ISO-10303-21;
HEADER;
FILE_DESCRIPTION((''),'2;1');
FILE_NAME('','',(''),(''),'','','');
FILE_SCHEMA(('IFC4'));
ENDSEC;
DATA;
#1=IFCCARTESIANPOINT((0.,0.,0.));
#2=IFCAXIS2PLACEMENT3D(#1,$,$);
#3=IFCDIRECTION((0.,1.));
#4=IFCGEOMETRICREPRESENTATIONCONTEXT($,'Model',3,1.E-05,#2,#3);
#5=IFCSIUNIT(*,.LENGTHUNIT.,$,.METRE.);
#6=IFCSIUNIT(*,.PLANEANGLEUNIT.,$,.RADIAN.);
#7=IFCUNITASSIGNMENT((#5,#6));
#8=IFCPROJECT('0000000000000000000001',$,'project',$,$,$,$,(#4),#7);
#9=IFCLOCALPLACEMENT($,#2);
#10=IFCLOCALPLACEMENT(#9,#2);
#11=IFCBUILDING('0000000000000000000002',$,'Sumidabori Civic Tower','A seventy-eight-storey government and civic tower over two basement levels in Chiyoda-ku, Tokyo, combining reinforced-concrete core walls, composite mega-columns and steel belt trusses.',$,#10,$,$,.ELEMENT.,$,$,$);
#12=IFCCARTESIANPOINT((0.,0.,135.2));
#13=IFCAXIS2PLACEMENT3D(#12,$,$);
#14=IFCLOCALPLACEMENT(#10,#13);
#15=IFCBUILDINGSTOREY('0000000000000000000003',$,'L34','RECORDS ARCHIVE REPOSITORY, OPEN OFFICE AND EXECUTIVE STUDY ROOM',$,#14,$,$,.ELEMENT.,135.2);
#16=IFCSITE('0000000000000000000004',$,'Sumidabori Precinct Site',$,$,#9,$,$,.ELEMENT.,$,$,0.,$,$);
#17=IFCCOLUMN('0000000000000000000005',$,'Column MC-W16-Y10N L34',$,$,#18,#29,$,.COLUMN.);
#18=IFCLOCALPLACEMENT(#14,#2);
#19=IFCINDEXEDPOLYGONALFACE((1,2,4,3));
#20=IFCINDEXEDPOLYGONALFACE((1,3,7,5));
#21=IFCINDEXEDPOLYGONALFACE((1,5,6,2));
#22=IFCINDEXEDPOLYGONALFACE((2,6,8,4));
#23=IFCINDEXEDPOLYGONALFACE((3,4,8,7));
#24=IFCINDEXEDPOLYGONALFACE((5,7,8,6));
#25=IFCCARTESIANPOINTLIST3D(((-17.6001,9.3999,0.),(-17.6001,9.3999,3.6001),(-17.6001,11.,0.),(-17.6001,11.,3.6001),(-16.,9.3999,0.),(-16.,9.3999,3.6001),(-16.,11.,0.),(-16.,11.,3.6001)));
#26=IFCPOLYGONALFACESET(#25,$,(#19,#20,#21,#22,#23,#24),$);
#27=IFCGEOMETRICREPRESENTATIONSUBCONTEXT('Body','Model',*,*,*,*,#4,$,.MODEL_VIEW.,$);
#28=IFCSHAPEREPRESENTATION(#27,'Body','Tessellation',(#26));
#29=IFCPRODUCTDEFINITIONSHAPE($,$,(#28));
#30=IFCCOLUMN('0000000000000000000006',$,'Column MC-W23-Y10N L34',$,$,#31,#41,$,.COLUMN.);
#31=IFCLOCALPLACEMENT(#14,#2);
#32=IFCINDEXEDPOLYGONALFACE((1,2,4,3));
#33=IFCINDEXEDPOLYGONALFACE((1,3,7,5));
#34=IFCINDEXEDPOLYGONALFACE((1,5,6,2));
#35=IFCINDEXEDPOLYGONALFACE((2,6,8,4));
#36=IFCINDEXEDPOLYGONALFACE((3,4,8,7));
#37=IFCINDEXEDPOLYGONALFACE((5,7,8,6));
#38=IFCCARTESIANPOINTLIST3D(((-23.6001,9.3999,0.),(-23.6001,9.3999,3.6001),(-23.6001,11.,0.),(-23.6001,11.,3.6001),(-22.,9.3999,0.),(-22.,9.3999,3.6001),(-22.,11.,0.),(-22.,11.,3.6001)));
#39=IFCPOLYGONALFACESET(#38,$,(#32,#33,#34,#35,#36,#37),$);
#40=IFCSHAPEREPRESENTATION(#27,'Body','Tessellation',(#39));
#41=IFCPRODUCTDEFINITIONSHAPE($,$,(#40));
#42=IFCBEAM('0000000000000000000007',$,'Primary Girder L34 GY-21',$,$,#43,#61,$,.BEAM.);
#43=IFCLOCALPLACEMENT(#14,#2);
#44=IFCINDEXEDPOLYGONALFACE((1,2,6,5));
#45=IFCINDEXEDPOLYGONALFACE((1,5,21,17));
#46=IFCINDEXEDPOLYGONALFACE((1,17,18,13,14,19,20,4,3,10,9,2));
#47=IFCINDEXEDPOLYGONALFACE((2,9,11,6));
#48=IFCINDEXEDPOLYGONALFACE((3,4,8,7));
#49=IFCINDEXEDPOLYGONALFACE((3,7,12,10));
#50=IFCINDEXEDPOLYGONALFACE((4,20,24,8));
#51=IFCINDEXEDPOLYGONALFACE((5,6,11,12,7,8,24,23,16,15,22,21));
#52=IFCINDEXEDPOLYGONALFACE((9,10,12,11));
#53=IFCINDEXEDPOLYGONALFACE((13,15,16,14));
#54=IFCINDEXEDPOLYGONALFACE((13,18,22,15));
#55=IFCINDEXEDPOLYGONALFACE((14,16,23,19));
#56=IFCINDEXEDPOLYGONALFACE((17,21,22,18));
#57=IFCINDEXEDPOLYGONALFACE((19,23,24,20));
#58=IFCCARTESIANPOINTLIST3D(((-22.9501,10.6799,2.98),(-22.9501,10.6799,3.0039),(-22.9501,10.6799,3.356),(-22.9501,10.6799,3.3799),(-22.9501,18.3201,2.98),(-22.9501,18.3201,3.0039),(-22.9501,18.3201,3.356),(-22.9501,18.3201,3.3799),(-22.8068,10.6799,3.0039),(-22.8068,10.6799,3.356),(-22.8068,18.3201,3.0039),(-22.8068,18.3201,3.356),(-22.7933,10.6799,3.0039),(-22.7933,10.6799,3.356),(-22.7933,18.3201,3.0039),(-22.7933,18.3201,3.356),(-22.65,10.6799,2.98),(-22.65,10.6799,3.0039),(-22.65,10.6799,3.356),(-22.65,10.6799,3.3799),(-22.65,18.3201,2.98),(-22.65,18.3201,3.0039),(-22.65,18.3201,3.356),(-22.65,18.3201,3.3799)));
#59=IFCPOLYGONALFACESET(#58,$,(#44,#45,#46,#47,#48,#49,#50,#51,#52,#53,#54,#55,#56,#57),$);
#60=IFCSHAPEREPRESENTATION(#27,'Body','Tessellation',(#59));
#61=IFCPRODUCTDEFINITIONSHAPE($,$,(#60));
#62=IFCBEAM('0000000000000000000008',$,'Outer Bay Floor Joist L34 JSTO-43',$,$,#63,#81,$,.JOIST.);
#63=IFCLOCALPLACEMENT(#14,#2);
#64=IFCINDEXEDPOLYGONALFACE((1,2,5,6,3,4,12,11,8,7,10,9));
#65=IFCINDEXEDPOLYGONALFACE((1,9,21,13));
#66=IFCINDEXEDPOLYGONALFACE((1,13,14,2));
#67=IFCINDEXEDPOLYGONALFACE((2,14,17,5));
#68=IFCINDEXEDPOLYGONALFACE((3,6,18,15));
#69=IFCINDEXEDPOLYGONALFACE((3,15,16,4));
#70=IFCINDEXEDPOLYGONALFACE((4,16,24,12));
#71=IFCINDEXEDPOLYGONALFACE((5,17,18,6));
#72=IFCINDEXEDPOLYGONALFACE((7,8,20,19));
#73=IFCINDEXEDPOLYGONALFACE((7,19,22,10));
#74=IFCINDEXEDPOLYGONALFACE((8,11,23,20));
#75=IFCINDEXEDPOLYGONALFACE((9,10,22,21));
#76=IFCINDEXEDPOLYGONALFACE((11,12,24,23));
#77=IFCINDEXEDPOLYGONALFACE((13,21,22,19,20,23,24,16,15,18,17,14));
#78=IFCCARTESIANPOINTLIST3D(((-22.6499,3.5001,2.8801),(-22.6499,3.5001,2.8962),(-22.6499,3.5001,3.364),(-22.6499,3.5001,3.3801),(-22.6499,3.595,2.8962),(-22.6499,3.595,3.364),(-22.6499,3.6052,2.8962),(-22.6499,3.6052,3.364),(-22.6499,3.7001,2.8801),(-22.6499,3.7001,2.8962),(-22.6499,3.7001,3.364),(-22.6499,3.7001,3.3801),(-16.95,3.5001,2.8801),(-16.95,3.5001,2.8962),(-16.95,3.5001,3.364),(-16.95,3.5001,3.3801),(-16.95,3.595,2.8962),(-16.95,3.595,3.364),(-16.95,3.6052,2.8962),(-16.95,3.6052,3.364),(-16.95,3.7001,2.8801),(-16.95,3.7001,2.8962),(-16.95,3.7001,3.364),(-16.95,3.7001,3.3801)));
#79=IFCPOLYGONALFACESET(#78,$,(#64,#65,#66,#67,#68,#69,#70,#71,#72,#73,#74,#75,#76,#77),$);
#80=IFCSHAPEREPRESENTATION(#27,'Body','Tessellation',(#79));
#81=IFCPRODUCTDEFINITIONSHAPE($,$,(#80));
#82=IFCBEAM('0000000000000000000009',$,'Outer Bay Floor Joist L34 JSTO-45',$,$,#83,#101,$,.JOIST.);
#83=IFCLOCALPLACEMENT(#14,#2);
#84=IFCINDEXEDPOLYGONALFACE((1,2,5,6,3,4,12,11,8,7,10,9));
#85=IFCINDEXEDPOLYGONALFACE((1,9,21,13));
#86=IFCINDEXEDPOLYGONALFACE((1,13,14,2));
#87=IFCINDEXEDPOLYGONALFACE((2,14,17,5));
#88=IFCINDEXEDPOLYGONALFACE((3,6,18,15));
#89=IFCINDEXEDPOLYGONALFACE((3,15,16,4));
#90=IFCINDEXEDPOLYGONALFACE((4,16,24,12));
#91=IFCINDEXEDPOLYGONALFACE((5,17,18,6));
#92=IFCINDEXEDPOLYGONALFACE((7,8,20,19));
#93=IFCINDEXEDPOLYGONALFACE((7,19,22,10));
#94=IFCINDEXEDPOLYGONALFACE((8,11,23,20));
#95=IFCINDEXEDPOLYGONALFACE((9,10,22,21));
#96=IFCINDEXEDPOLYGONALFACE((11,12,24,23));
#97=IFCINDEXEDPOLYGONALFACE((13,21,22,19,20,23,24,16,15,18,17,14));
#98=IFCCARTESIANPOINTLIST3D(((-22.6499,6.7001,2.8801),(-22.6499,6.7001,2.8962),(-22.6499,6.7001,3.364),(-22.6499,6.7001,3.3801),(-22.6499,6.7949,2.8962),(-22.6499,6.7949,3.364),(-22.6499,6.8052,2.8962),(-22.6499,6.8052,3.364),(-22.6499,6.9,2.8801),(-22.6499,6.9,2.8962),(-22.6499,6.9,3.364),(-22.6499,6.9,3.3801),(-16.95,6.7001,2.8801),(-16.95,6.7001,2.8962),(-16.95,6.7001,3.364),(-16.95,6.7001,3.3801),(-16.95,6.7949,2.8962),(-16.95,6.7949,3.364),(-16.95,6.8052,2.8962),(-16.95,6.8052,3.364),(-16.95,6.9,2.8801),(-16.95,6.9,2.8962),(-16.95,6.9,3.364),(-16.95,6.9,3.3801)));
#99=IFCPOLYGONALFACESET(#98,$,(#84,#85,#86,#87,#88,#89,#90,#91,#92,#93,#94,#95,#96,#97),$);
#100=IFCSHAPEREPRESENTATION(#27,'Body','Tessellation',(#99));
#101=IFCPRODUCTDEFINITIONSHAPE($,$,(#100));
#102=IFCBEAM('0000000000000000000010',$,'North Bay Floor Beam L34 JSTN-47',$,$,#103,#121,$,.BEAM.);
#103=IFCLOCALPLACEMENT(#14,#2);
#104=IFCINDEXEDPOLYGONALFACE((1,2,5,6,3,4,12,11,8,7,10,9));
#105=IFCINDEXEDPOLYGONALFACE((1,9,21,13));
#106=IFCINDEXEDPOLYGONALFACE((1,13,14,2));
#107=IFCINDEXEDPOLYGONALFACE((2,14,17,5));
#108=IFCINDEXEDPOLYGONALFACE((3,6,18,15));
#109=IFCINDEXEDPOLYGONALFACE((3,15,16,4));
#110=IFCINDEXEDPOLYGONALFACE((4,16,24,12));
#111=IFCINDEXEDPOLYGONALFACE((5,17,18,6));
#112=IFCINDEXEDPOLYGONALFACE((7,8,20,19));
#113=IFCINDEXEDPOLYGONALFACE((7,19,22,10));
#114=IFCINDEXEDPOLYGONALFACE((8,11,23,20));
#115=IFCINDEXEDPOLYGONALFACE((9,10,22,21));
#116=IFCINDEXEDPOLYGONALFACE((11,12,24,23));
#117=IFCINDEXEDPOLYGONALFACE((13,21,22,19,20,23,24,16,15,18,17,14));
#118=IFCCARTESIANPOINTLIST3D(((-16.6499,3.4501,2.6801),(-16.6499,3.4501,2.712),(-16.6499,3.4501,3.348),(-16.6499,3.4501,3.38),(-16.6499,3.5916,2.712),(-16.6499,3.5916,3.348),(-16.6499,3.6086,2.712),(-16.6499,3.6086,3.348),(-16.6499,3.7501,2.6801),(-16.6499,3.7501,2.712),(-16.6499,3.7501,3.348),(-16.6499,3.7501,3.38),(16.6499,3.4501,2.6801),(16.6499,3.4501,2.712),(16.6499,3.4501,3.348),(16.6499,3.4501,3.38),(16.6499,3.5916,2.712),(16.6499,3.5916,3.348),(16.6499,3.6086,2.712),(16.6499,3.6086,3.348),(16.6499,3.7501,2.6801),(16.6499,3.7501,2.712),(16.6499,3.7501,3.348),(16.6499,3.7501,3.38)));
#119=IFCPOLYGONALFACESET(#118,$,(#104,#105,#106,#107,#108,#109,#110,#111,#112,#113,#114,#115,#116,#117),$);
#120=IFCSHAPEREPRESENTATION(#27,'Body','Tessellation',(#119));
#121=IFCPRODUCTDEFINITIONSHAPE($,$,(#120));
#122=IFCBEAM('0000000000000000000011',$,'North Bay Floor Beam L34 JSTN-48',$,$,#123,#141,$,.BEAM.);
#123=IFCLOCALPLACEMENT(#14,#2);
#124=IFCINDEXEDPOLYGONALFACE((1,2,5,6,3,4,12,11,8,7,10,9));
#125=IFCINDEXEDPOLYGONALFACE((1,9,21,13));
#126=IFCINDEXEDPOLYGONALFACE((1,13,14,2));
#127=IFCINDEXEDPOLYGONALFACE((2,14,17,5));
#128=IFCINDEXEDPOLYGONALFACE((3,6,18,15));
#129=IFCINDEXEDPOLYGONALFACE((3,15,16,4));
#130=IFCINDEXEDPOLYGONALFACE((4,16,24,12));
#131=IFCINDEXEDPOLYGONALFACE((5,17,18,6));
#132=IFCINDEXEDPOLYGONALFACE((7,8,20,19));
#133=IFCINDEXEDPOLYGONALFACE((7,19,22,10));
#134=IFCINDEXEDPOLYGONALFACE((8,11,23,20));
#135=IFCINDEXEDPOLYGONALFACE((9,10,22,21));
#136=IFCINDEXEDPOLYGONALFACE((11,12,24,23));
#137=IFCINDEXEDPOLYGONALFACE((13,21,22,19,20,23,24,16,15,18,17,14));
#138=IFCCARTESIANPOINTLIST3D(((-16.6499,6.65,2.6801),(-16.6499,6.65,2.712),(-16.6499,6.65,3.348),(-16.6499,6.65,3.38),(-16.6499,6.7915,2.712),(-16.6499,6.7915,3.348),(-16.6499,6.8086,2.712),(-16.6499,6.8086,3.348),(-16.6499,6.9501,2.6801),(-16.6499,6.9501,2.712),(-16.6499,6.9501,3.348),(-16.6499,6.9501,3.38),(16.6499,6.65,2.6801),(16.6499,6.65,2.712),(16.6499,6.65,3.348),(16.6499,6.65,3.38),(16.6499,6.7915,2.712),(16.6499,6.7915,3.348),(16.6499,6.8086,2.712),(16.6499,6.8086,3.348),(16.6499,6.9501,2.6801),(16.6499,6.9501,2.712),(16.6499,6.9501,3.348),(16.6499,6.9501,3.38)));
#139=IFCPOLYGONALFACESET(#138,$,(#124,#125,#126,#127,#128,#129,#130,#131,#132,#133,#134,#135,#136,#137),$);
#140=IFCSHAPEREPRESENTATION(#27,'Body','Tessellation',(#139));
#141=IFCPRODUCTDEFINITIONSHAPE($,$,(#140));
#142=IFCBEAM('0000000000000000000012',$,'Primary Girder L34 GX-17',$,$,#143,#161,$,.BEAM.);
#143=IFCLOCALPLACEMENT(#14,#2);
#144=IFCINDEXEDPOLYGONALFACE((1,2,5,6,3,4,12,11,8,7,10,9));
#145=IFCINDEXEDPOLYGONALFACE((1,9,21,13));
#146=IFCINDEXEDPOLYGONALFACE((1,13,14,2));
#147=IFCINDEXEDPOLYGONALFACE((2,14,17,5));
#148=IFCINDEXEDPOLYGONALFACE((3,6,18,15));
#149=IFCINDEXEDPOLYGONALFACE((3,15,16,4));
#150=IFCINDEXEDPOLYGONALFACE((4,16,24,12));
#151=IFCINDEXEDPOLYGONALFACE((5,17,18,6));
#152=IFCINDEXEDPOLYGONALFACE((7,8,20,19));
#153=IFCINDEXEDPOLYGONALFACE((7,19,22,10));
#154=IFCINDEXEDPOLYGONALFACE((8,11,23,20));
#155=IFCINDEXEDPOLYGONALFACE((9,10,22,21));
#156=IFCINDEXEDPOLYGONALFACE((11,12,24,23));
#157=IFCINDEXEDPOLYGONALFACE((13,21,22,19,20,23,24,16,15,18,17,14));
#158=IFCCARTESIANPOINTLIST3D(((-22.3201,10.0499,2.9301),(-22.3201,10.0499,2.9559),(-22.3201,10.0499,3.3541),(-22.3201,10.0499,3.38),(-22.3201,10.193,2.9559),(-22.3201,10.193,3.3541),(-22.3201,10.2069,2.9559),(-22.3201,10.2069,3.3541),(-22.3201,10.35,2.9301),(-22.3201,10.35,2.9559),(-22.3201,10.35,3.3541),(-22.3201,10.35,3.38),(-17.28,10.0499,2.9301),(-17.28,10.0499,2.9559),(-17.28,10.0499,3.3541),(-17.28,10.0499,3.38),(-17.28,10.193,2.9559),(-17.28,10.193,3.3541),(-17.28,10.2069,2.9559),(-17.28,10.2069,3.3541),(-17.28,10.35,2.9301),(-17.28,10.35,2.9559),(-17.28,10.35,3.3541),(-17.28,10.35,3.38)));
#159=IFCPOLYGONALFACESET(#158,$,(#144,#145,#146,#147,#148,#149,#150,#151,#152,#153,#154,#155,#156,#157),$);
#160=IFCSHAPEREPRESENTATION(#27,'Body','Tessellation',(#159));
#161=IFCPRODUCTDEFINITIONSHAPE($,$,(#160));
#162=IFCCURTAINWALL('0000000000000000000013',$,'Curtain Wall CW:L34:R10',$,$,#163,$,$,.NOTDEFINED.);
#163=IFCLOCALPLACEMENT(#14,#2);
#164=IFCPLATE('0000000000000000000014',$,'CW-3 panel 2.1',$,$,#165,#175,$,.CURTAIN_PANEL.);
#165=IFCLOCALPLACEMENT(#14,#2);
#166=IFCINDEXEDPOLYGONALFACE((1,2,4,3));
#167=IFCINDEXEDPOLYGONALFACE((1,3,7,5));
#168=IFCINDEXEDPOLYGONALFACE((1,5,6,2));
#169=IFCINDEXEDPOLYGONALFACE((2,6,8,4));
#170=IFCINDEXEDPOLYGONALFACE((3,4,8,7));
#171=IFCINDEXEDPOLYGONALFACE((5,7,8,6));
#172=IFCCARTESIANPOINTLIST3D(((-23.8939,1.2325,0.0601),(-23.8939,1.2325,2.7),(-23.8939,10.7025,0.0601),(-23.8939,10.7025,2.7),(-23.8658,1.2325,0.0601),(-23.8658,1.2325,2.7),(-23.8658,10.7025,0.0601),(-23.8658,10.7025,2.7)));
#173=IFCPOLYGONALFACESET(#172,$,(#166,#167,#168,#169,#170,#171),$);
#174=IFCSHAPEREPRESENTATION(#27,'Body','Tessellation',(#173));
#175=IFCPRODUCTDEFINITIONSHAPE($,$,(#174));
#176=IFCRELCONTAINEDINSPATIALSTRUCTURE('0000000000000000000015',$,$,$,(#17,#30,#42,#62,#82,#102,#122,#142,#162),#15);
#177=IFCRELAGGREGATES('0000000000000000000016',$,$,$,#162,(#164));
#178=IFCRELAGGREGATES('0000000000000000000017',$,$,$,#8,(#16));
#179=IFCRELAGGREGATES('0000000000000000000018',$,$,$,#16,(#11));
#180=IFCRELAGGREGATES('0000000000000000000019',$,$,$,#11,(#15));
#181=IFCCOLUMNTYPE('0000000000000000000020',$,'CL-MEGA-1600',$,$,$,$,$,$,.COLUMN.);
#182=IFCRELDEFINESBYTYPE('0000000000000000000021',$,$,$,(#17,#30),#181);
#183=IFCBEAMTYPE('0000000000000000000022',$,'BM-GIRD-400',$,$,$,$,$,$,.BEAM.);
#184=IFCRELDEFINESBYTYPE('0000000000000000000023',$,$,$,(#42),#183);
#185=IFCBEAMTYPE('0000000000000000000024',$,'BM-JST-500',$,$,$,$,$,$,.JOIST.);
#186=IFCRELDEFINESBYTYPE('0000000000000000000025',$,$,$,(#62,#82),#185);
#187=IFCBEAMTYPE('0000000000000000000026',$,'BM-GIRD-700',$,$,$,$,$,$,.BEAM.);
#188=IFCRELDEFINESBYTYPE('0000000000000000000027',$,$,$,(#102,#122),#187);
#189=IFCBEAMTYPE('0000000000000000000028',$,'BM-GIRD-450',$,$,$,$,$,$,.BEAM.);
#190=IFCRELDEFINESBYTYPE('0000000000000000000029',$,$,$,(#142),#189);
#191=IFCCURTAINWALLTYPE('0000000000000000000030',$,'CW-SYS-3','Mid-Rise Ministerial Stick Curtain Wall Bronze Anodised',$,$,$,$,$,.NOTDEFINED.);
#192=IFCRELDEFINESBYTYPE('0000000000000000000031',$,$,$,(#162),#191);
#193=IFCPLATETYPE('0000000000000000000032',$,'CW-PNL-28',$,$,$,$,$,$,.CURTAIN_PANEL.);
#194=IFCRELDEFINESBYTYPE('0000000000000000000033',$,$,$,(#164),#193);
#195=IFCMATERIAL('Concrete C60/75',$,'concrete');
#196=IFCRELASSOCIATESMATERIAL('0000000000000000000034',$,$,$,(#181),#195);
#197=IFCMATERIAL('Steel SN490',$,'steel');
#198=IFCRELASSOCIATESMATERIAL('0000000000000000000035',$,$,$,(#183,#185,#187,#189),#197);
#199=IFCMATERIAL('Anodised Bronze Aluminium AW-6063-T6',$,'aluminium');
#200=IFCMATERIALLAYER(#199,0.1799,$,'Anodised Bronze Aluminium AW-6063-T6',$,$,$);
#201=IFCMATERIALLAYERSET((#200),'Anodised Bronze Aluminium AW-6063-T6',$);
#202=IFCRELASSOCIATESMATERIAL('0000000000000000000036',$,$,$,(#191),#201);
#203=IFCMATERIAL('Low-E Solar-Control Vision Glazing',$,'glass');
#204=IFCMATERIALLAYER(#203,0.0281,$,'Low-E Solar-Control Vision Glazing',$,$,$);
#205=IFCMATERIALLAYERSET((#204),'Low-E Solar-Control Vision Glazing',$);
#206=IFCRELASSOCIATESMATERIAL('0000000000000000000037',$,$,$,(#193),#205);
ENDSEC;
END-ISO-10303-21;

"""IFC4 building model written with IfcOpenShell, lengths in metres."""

from ifc_helpers import new_model, si_unit, direction, frame, origin, origin_2d, place, context, subcontext, project, spatial, rectangle, i_section, extrude, source, transform, mapped, material, layer, layer_set, material_profile, profile_set, type_object, element, aggregate, save


model = new_model("IFC4")

# Units and contexts
model_context = context("Model", 3, precision=1e-05, world=origin(), true_north=direction((0.0, 1.0)))
body_context = subcontext(model_context, "Body", "Model", "MODEL_VIEW")
ifc_project = project(units=[si_unit("LENGTHUNIT", "METRE"), si_unit("PLANEANGLEUNIT", "RADIAN")], contexts=[model_context])

# Site, building, storey
site_placement = place(None, origin())
site = spatial("IfcSite", under=ifc_project, at=site_placement, Name="Sumidabori Precinct Site", CompositionType="ELEMENT", RefElevation=0.0)
building_placement = place(site_placement, origin())
building = spatial("IfcBuilding", under=site, at=building_placement, Name="Sumidabori Civic Tower", Description="A seventy-eight-storey government and civic tower over two basement levels in Chiyoda-ku, Tokyo, combining reinforced-concrete core walls, composite mega-columns and steel belt trusses.", CompositionType="ELEMENT")
storey_placement = place(building_placement, frame((0.0, 0.0, 135.2)))
storey = spatial("IfcBuildingStorey", under=building, at=storey_placement, Name="L34", Description="RECORDS ARCHIVE REPOSITORY, OPEN OFFICE AND EXECUTIVE STUDY ROOM", CompositionType="ELEMENT", Elevation=135.2)

# Columns
ifc_material_1 = material(Name="Concrete C60/75", Category="concrete")
ifc_material_profile_1 = material_profile(ifc_material_1, rectangle(XDim=1.6001, YDim=1.6001, at=origin_2d()), Name="RC 1600x1600")
ifc_profile_set_1 = profile_set([ifc_material_profile_1], Name="Concrete C60/75")
column_type = type_object("IfcColumnType", Name="CL-MEGA-1600", PredefinedType="COLUMN", material=ifc_profile_set_1)
shared_shape_1 = source(origin(), body_context, "Body", "SweptSolid", [
    extrude(rectangle(XDim=1.6001, YDim=1.6001, at=origin_2d()), origin(), (0.0, 0.0, 1.0), 3.6001),
])
for number, where, z_axis, x_axis, name in (
    (1, (-16.8, 10.2, 0.0), (0.0, 0.0, 1.0), (1.0, 0.0, 0.0), "Column MC-W16-Y10N L34"),
    (2, (-22.8, 10.2, 0.0), (0.0, 0.0, 1.0), (1.0, 0.0, 0.0), "Column MC-W23-Y10N L34"),
):
    element("IfcColumn", number, at=place(storey_placement, frame(where, z_axis=z_axis, x_axis=x_axis)), inside=storey, type_object=column_type, Name=name, PredefinedType="COLUMN", context=body_context, shape_type="MappedRepresentation", body=[
        mapped(shared_shape_1, transform((0.0, 0.0, 0.0), x_axis=(1.0, 0.0, 0.0), y_axis=(0.0, 1.0, 0.0), z_axis=(0.0, 0.0, 1.0), scale=1.0)),
    ])

# Beams
ifc_material_2 = material(Name="Steel SN490", Category="steel")
ifc_material_profile_2 = material_profile(ifc_material_2, i_section(OverallWidth=0.3, OverallDepth=0.3999, WebThickness=0.0134, FlangeThickness=0.0239, at=origin_2d()), Name="HE 400 B")
ifc_profile_set_2 = profile_set([ifc_material_profile_2], Name="Steel SN490")
beam_type_1 = type_object("IfcBeamType", Name="BM-GIRD-400", PredefinedType="BEAM", material=ifc_profile_set_2)
shared_shape_2 = source(origin(), body_context, "Body", "SweptSolid", [
    extrude(i_section(OverallWidth=0.3, OverallDepth=0.3999, WebThickness=0.0134, FlangeThickness=0.0239, at=origin_2d()), origin(), (0.0, 0.0, 1.0), 7.6401),
])
beam_1_placement = place(storey_placement, frame((-22.8, 10.6799, 3.1799), z_axis=(0.0, 1.0, 0.0), x_axis=(-1.0, 0.0, 0.0)))
element("IfcBeam", 3, at=beam_1_placement, inside=storey, type_object=beam_type_1, Name="Primary Girder L34 GY-21", PredefinedType="BEAM", context=body_context, shape_type="MappedRepresentation", body=[
    mapped(shared_shape_2, transform((0.0, 0.0, 0.0), x_axis=(1.0, 0.0, 0.0), y_axis=(0.0, 1.0, 0.0), z_axis=(0.0, 0.0, 1.0), scale=1.0)),
])
ifc_material_profile_3 = material_profile(ifc_material_2, i_section(OverallWidth=0.2, OverallDepth=0.5, WebThickness=0.0103, FlangeThickness=0.0161, at=origin_2d()), Name="IPE 500")
ifc_profile_set_3 = profile_set([ifc_material_profile_3], Name="Steel SN490")
beam_type_2 = type_object("IfcBeamType", Name="BM-JST-500", PredefinedType="JOIST", material=ifc_profile_set_3)
shared_shape_3 = source(origin(), body_context, "Body", "SweptSolid", [
    extrude(i_section(OverallWidth=0.2, OverallDepth=0.5, WebThickness=0.0103, FlangeThickness=0.0161, at=origin_2d()), origin(), (0.0, 0.0, 1.0), 5.7),
])
for number, where, z_axis, x_axis, name in (
    (4, (-22.6499, 3.6001, 3.1301), (1.0, 0.0, 0.0), (0.0, 1.0, 0.0), "Outer Bay Floor Joist L34 JSTO-43"),
    (5, (-22.6499, 6.8, 3.1301), (1.0, 0.0, 0.0), (0.0, 1.0, 0.0), "Outer Bay Floor Joist L34 JSTO-45"),
):
    element("IfcBeam", number, at=place(storey_placement, frame(where, z_axis=z_axis, x_axis=x_axis)), inside=storey, type_object=beam_type_2, Name=name, PredefinedType="JOIST", context=body_context, shape_type="MappedRepresentation", body=[
        mapped(shared_shape_3, transform((0.0, 0.0, 0.0), x_axis=(1.0, 0.0, 0.0), y_axis=(0.0, 1.0, 0.0), z_axis=(0.0, 0.0, 1.0), scale=1.0)),
    ])
ifc_material_profile_4 = material_profile(ifc_material_2, i_section(OverallWidth=0.3, OverallDepth=0.7, WebThickness=0.0171, FlangeThickness=0.032, at=origin_2d()), Name="HE 700 B")
ifc_profile_set_4 = profile_set([ifc_material_profile_4], Name="Steel SN490")
beam_type_3 = type_object("IfcBeamType", Name="BM-GIRD-700", PredefinedType="BEAM", material=ifc_profile_set_4)
shared_shape_4 = source(origin(), body_context, "Body", "SweptSolid", [
    extrude(i_section(OverallWidth=0.3, OverallDepth=0.7, WebThickness=0.0171, FlangeThickness=0.032, at=origin_2d()), origin(), (0.0, 0.0, 1.0), 33.2998),
])
for number, where, z_axis, x_axis, name in (
    (6, (-16.6499, 3.6001, 3.03), (1.0, 0.0, 0.0), (0.0, 1.0, 0.0), "North Bay Floor Beam L34 JSTN-47"),
    (7, (-16.6499, 6.8, 3.03), (1.0, 0.0, 0.0), (0.0, 1.0, 0.0), "North Bay Floor Beam L34 JSTN-48"),
):
    element("IfcBeam", number, at=place(storey_placement, frame(where, z_axis=z_axis, x_axis=x_axis)), inside=storey, type_object=beam_type_3, Name=name, PredefinedType="BEAM", context=body_context, shape_type="MappedRepresentation", body=[
        mapped(shared_shape_4, transform((0.0, 0.0, 0.0), x_axis=(1.0, 0.0, 0.0), y_axis=(0.0, 1.0, 0.0), z_axis=(0.0, 0.0, 1.0), scale=1.0)),
    ])
ifc_material_profile_5 = material_profile(ifc_material_2, i_section(OverallWidth=0.3, OverallDepth=0.45, WebThickness=0.0139, FlangeThickness=0.0259, at=origin_2d()), Name="HE 450 B")
ifc_profile_set_5 = profile_set([ifc_material_profile_5], Name="Steel SN490")
beam_type_4 = type_object("IfcBeamType", Name="BM-GIRD-450", PredefinedType="BEAM", material=ifc_profile_set_5)
shared_shape_5 = source(origin(), body_context, "Body", "SweptSolid", [
    extrude(i_section(OverallWidth=0.3, OverallDepth=0.45, WebThickness=0.0139, FlangeThickness=0.0259, at=origin_2d()), origin(), (0.0, 0.0, 1.0), 5.04),
])
beam_2_placement = place(storey_placement, frame((-22.3201, 10.2, 3.155), z_axis=(1.0, 0.0, 0.0), x_axis=(0.0, 1.0, 0.0)))
element("IfcBeam", 8, at=beam_2_placement, inside=storey, type_object=beam_type_4, Name="Primary Girder L34 GX-17", PredefinedType="BEAM", context=body_context, shape_type="MappedRepresentation", body=[
    mapped(shared_shape_5, transform((0.0, 0.0, 0.0), x_axis=(1.0, 0.0, 0.0), y_axis=(0.0, 1.0, 0.0), z_axis=(0.0, 0.0, 1.0), scale=1.0)),
])

# Curtain wall, plate
ifc_material_3 = material(Name="Anodised Bronze Aluminium AW-6063-T6", Category="aluminium")
ifc_layer_1 = layer(ifc_material_3, 0.1799, Name="Anodised Bronze Aluminium AW-6063-T6")
ifc_layer_set_1 = layer_set([ifc_layer_1], Name="Anodised Bronze Aluminium AW-6063-T6")
curtain_wall_type = type_object("IfcCurtainWallType", Name="CW-SYS-3", Description="Mid-Rise Ministerial Stick Curtain Wall Bronze Anodised", PredefinedType="NOTDEFINED", material=ifc_layer_set_1)
curtain_wall_placement = place(storey_placement, origin())
curtain_wall = element("IfcCurtainWall", 9, at=curtain_wall_placement, inside=storey, type_object=curtain_wall_type, Name="Curtain Wall CW:L34:R10", PredefinedType="NOTDEFINED")
ifc_material_4 = material(Name="Low-E Solar-Control Vision Glazing", Category="glass")
ifc_layer_2 = layer(ifc_material_4, 0.0281, Name="Low-E Solar-Control Vision Glazing")
ifc_layer_set_2 = layer_set([ifc_layer_2], Name="Low-E Solar-Control Vision Glazing")
plate_type = type_object("IfcPlateType", Name="CW-PNL-28", PredefinedType="CURTAIN_PANEL", material=ifc_layer_set_2)
shared_shape_6 = source(origin(), body_context, "Body", "SweptSolid", [
    extrude(rectangle(XDim=9.47, YDim=0.0281, at=origin_2d()), origin(), (0.0, 0.0, 1.0), 2.6399),
])
plate_placement = place(storey_placement, frame((-23.8799, 5.9675, 0.0601), z_axis=(0.0, 0.0, 1.0), x_axis=(0.0, -1.0, 0.0)))
plate = element("IfcPlate", 10, at=plate_placement, type_object=plate_type, Name="CW-3 panel 2.1", PredefinedType="CURTAIN_PANEL", context=body_context, shape_type="MappedRepresentation", body=[
    mapped(shared_shape_6, transform((0.0, 0.0, 0.0), x_axis=(1.0, 0.0, 0.0), y_axis=(0.0, 1.0, 0.0), z_axis=(0.0, 0.0, 1.0), scale=1.0)),
])
aggregate(curtain_wall, [plate])

save(model, "model.ifc")
